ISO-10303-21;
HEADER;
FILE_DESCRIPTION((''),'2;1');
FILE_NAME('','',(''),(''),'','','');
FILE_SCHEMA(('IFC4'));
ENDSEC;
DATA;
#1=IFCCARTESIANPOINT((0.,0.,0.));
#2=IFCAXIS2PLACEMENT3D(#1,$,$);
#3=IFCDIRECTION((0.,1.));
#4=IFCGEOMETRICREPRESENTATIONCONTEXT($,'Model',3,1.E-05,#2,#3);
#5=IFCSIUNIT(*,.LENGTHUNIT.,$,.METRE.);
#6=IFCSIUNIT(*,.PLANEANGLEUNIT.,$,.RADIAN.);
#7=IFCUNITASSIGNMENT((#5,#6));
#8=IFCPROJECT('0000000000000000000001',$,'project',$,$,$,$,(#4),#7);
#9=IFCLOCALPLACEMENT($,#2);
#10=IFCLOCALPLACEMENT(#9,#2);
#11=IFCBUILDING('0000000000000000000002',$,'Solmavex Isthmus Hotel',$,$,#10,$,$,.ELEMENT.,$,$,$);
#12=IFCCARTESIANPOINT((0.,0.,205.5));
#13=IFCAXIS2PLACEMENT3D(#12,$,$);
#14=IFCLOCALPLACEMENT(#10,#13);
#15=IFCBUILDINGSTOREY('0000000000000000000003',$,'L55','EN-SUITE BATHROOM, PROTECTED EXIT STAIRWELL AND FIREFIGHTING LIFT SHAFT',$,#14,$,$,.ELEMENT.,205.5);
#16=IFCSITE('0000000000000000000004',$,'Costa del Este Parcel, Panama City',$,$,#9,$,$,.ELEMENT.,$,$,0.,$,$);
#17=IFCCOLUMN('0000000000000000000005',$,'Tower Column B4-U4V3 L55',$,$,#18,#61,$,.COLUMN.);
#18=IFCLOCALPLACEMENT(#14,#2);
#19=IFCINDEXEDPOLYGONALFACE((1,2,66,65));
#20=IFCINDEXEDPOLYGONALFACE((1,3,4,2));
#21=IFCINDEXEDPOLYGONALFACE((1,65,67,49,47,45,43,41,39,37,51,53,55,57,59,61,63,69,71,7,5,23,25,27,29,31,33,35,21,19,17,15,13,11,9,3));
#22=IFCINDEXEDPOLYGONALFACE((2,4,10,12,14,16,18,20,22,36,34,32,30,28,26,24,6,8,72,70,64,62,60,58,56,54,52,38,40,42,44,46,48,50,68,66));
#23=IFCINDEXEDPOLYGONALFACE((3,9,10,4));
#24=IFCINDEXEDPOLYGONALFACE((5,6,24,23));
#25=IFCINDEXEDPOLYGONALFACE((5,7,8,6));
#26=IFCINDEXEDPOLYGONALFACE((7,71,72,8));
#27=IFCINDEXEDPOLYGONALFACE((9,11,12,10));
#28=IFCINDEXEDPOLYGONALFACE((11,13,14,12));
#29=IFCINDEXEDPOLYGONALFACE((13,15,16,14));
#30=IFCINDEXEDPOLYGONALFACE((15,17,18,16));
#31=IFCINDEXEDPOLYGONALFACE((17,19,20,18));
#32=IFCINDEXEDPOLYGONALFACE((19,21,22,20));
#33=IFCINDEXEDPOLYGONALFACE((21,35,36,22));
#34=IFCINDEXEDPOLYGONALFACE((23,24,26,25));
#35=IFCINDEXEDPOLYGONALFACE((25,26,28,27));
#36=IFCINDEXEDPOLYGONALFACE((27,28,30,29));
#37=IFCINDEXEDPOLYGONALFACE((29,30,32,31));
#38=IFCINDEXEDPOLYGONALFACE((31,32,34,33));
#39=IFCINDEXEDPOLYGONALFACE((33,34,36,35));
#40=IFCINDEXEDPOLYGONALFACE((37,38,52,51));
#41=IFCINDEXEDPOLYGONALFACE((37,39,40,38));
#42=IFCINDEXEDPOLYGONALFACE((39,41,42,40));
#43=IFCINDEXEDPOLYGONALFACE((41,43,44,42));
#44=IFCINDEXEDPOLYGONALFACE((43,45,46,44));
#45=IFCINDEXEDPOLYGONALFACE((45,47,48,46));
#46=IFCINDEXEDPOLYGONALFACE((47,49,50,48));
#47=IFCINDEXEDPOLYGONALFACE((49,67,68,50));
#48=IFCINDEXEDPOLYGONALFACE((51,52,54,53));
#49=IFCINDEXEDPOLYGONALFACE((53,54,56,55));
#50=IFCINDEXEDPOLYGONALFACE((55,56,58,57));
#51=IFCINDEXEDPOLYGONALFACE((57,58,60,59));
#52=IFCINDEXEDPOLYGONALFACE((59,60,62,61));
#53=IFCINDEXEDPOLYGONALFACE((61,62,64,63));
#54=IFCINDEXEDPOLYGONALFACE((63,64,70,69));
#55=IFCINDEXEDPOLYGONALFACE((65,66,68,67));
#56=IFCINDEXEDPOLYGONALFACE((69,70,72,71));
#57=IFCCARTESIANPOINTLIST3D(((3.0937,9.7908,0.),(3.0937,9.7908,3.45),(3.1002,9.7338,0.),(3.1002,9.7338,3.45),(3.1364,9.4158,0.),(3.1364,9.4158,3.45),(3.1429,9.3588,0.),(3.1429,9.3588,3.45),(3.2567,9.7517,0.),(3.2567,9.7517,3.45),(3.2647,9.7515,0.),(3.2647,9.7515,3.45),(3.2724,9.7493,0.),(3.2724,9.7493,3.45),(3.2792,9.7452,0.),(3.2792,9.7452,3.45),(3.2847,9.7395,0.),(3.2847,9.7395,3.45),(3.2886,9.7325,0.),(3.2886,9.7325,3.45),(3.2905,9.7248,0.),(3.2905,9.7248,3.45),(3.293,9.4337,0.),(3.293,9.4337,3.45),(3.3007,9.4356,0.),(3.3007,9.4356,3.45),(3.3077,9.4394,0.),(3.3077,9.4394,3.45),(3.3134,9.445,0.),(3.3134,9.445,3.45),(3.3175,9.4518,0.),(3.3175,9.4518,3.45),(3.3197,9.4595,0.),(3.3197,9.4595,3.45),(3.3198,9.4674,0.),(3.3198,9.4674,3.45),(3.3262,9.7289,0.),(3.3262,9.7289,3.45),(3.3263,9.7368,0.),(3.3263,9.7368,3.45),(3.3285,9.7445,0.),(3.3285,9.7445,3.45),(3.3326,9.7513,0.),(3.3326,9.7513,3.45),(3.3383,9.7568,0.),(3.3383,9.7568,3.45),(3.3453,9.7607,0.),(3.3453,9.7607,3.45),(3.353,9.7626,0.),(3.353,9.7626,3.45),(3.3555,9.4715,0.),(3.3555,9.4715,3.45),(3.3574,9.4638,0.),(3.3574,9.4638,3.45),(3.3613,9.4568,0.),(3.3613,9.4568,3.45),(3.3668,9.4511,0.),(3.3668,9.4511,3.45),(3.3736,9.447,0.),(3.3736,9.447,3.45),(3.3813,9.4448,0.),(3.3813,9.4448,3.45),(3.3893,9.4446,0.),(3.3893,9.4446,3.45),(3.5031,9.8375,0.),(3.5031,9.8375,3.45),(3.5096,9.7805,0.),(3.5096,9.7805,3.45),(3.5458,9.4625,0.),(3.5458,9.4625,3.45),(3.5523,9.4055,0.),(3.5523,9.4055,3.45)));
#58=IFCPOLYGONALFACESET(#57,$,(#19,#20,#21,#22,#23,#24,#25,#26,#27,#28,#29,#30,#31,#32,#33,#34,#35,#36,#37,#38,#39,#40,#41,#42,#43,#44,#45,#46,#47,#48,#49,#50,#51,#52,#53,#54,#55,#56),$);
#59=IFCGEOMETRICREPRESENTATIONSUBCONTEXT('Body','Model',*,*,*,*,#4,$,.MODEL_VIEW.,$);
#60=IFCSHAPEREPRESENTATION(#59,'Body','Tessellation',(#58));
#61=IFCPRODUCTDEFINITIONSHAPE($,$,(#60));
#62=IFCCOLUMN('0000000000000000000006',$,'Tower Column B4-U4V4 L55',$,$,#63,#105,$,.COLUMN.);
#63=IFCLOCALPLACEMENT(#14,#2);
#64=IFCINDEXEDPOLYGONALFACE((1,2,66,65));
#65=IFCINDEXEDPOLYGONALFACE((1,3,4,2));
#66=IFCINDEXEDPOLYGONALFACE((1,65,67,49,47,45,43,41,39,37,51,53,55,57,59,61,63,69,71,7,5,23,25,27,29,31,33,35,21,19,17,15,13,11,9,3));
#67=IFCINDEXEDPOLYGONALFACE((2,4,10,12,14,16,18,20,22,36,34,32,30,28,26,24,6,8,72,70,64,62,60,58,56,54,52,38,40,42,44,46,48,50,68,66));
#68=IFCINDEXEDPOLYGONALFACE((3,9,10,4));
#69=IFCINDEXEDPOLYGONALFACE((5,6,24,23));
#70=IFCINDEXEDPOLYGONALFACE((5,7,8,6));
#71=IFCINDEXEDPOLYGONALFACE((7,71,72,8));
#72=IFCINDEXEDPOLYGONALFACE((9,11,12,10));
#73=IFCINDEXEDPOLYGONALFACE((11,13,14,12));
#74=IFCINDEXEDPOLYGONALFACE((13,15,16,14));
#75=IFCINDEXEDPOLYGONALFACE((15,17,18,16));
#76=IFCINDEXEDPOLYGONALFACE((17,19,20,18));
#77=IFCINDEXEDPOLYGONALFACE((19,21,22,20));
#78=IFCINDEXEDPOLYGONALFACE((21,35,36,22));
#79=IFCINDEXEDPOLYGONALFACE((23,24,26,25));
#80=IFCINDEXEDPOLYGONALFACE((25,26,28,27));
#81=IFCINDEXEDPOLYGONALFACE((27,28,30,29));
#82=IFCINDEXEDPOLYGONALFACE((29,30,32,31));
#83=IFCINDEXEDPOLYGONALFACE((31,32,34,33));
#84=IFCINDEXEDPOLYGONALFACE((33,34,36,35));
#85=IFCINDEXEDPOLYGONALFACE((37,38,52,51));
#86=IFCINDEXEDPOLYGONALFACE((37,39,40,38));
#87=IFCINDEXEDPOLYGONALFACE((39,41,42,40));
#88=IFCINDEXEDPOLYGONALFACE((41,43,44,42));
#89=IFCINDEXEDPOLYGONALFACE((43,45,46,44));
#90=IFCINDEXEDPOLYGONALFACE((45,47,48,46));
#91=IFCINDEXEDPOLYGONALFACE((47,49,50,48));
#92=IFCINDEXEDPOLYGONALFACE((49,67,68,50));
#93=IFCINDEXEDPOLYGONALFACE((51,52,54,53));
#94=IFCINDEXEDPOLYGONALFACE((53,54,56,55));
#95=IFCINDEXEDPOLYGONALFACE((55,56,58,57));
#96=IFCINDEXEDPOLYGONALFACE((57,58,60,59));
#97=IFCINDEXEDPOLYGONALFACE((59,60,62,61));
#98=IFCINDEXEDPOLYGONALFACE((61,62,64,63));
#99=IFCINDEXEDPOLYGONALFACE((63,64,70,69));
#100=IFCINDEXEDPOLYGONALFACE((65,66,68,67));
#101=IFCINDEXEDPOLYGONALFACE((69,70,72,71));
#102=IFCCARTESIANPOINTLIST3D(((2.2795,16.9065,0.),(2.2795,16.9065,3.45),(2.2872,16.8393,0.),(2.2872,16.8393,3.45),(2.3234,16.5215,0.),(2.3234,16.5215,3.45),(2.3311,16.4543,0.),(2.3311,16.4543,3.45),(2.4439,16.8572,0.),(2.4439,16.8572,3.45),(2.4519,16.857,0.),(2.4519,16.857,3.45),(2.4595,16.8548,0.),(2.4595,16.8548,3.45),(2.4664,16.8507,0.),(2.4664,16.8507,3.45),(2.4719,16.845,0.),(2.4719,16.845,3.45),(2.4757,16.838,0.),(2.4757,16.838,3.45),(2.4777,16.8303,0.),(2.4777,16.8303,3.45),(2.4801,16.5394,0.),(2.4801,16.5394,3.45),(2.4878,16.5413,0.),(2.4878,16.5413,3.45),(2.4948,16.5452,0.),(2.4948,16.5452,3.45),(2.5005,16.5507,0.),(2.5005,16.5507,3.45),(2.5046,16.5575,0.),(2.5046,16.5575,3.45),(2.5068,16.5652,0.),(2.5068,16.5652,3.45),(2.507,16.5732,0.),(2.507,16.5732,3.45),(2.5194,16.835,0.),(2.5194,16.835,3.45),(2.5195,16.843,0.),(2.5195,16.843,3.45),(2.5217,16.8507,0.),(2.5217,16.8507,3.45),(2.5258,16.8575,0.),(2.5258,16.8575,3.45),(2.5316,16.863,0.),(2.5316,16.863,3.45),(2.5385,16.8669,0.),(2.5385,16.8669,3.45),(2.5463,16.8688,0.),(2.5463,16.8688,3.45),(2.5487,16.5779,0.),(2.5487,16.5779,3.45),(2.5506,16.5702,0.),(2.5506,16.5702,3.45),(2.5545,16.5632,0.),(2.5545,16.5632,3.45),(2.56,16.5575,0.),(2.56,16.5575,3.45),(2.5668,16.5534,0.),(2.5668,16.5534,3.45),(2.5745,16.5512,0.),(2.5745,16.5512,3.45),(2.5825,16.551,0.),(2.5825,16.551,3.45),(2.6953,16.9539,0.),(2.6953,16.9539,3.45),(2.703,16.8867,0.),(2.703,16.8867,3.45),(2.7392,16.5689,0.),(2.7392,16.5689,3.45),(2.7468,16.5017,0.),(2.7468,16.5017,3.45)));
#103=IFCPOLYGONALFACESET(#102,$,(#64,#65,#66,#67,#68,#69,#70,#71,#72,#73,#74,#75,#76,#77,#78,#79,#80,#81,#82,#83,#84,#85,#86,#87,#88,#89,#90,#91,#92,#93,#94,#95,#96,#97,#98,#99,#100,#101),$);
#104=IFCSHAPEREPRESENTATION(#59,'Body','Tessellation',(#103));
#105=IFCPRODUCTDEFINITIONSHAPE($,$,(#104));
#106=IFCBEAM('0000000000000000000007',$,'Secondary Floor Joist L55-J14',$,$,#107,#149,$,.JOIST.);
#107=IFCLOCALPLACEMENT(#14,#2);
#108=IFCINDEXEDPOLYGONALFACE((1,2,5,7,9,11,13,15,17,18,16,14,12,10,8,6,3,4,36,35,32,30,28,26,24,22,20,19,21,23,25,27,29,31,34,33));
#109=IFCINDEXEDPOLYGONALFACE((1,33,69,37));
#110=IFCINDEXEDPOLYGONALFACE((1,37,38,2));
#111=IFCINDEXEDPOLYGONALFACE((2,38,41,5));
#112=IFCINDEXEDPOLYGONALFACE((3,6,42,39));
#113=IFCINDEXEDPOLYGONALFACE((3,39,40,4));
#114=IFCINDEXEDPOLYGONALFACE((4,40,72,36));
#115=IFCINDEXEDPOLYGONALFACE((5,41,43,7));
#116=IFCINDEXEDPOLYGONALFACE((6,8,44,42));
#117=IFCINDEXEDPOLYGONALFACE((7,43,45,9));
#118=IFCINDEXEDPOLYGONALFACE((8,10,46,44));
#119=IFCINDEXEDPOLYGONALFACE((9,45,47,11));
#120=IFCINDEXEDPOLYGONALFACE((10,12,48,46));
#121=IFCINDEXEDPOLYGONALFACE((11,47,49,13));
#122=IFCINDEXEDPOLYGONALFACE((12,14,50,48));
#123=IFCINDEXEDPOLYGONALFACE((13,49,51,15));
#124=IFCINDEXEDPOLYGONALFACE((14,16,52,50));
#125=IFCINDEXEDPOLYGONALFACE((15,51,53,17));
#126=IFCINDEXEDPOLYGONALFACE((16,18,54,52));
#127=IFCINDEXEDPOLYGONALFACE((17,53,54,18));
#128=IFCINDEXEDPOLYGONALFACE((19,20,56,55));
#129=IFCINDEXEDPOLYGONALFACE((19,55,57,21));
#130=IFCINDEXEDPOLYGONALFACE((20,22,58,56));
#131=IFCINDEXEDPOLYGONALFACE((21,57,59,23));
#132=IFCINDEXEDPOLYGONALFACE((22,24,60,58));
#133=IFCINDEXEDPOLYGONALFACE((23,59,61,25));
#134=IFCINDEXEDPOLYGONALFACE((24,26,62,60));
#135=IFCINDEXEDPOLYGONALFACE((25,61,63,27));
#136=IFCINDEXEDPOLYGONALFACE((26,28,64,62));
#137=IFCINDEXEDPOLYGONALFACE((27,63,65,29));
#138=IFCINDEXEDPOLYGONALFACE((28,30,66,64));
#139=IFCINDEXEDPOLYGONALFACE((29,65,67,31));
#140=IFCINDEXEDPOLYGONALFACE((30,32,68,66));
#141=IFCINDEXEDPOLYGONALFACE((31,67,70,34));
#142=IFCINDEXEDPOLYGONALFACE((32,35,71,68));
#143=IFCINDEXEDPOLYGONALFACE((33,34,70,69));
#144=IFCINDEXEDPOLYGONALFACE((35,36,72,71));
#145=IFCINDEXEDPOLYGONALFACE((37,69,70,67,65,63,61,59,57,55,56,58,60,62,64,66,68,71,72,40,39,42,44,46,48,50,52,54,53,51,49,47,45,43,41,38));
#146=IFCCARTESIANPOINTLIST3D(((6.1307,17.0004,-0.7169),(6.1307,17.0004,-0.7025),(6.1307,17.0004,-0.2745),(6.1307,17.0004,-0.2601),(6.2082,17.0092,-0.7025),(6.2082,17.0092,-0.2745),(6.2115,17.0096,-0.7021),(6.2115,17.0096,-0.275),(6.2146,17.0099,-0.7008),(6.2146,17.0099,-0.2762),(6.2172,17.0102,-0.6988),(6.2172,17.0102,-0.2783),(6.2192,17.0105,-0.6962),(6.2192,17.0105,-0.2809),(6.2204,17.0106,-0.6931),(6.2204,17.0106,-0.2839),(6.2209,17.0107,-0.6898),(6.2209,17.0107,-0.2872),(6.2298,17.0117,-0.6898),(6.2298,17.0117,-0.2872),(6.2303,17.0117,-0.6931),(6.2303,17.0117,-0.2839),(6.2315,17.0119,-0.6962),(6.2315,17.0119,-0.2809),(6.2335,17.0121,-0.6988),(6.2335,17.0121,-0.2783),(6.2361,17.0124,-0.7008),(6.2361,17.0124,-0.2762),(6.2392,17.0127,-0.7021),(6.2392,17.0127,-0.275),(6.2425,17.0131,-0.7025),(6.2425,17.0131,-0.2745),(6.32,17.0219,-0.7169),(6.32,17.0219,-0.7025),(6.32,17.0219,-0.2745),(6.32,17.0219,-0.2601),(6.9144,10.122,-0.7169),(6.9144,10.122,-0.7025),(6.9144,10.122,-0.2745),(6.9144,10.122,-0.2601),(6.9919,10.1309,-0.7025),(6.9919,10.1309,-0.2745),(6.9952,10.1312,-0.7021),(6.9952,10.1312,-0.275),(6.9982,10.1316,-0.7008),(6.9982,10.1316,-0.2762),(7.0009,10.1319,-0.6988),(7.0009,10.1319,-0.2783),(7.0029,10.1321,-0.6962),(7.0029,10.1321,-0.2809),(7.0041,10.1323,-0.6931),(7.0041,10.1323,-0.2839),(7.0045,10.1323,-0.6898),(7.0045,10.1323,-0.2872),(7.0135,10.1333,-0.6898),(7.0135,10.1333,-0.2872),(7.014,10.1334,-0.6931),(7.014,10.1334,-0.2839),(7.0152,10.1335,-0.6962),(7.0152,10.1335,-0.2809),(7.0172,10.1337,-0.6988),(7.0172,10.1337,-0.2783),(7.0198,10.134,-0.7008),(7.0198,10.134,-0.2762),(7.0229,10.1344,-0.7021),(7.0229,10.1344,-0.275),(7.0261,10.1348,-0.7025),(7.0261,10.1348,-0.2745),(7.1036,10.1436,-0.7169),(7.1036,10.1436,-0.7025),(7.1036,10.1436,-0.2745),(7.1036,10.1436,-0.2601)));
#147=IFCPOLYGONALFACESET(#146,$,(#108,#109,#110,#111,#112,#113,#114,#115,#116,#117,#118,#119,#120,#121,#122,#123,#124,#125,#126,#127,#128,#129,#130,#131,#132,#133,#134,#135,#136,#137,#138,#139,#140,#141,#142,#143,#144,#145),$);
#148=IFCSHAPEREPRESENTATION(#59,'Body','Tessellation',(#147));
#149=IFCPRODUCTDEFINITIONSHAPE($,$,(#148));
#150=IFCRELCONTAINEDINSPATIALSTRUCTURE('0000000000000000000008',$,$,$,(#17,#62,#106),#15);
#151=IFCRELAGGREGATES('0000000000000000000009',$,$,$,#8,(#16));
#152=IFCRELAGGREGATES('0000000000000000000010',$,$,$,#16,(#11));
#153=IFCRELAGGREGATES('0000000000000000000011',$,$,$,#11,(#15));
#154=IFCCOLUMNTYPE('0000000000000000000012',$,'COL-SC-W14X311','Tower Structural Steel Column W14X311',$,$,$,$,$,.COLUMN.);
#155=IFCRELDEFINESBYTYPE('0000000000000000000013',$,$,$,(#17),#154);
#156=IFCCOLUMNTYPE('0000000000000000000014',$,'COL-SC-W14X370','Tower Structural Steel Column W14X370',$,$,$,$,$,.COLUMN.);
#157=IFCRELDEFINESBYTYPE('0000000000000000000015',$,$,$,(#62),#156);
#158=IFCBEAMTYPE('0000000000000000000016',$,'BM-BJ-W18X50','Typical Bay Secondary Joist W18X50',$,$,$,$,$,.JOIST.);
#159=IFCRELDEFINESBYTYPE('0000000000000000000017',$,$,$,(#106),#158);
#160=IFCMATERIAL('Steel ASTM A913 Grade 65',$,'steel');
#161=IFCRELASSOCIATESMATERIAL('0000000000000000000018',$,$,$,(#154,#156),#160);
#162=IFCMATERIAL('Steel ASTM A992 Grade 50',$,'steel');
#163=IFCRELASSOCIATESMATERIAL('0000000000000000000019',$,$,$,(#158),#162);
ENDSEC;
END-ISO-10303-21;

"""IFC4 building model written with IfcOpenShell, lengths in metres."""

from ifc_helpers import new_model, si_unit, direction, frame, origin, origin_2d, place, context, subcontext, project, spatial, i_section, extrude, material, material_profile, profile_set, type_object, element, save


model = new_model("IFC4")

# Units and contexts
model_context = context("Model", 3, precision=1e-05, world=origin(), true_north=direction((0.0, 1.0)))
body_context = subcontext(model_context, "Body", "Model", "MODEL_VIEW")
ifc_project = project(units=[si_unit("LENGTHUNIT", "METRE"), si_unit("PLANEANGLEUNIT", "RADIAN")], contexts=[model_context])

# Site, building, storey
site_placement = place(None, origin())
site = spatial("IfcSite", under=ifc_project, at=site_placement, Name="Costa del Este Parcel, Panama City", CompositionType="ELEMENT", RefElevation=0.0)
building_placement = place(site_placement, origin())
building = spatial("IfcBuilding", under=site, at=building_placement, Name="Solmavex Isthmus Hotel", CompositionType="ELEMENT")
storey_placement = place(building_placement, frame((0.0, 0.0, 205.5)))
storey = spatial("IfcBuildingStorey", under=building, at=storey_placement, Name="L55", Description="EN-SUITE BATHROOM, PROTECTED EXIT STAIRWELL AND FIREFIGHTING LIFT SHAFT", CompositionType="ELEMENT", Elevation=205.5)

# Columns
ifc_material_1 = material(Name="Steel ASTM A913 Grade 65", Category="steel")
ifc_material_profile_1 = material_profile(ifc_material_1, i_section(OverallWidth=0.4121, OverallDepth=0.4348, WebThickness=0.0359, FlangeThickness=0.0574, FilletRadius=0.0305, at=origin_2d()), Name="W14X311")
ifc_profile_set_1 = profile_set([ifc_material_profile_1], Name="Steel ASTM A913 Grade 65")
column_type_1 = type_object("IfcColumnType", Name="COL-SC-W14X311", Description="Tower Structural Steel Column W14X311", PredefinedType="COLUMN", material=ifc_profile_set_1)
column_1_placement = place(storey_placement, frame((3.323, 9.5981, 0.0), z_axis=(0.0, 0.0, 1.0), x_axis=(0.993572, 0.113203, 0.0)))
element("IfcColumn", 1, at=column_1_placement, inside=storey, type_object=column_type_1, Name="Tower Column B4-U4V3 L55", PredefinedType="COLUMN", context=body_context, shape_type="SweptSolid", body=[
    extrude(i_section(OverallWidth=0.4121, OverallDepth=0.4348, WebThickness=0.0359, FlangeThickness=0.0574, FilletRadius=0.0305, at=origin_2d()), origin(), (0.0, 0.0, 1.0), 3.45),
])
ifc_material_profile_2 = material_profile(ifc_material_1, i_section(OverallWidth=0.4185, OverallDepth=0.4551, WebThickness=0.042, FlangeThickness=0.0676, FilletRadius=0.0305, at=origin_2d()), Name="W14X370")
ifc_profile_set_2 = profile_set([ifc_material_profile_2], Name="Steel ASTM A913 Grade 65")
column_type_2 = type_object("IfcColumnType", Name="COL-SC-W14X370", Description="Tower Structural Steel Column W14X370", PredefinedType="COLUMN", material=ifc_profile_set_2)
column_2_placement = place(storey_placement, frame((2.5132, 16.7041, 0.0), z_axis=(0.0, 0.0, 1.0), x_axis=(0.993572, 0.113203, 0.0)))
element("IfcColumn", 2, at=column_2_placement, inside=storey, type_object=column_type_2, Name="Tower Column B4-U4V4 L55", PredefinedType="COLUMN", context=body_context, shape_type="SweptSolid", body=[
    extrude(i_section(OverallWidth=0.4185, OverallDepth=0.4551, WebThickness=0.042, FlangeThickness=0.0676, FilletRadius=0.0305, at=origin_2d()), origin(), (0.0, 0.0, 1.0), 3.45),
])

# Beam
ifc_material_2 = material(Name="Steel ASTM A992 Grade 50", Category="steel")
ifc_material_profile_3 = material_profile(ifc_material_2, i_section(OverallWidth=0.1904, OverallDepth=0.4568, WebThickness=0.009, FlangeThickness=0.0144, FilletRadius=0.0127, at=origin_2d()), Name="W18X50")
ifc_profile_set_3 = profile_set([ifc_material_profile_3], Name="Steel ASTM A992 Grade 50")
beam_type_1 = type_object("IfcBeamType", Name="BM-BJ-W18X50", Description="Typical Bay Secondary Joist W18X50", PredefinedType="JOIST", material=ifc_profile_set_3)
beam_1_placement = place(storey_placement, frame((7.009, 10.1328, -0.4885), z_axis=(-0.113202, 0.993572, 0.0), x_axis=(-0.993572, -0.113202, 0.0)))
element("IfcBeam", 3, at=beam_1_placement, inside=storey, type_object=beam_type_1, Name="Secondary Floor Joist L55-J14", PredefinedType="JOIST", context=body_context, shape_type="SweptSolid", body=[
    extrude(i_section(OverallWidth=0.1904, OverallDepth=0.4568, WebThickness=0.009, FlangeThickness=0.0144, FilletRadius=0.0127, at=origin_2d()), origin(), (0.0, 0.0, 1.0), 6.9229),
])

save(model, "model.ifc")
